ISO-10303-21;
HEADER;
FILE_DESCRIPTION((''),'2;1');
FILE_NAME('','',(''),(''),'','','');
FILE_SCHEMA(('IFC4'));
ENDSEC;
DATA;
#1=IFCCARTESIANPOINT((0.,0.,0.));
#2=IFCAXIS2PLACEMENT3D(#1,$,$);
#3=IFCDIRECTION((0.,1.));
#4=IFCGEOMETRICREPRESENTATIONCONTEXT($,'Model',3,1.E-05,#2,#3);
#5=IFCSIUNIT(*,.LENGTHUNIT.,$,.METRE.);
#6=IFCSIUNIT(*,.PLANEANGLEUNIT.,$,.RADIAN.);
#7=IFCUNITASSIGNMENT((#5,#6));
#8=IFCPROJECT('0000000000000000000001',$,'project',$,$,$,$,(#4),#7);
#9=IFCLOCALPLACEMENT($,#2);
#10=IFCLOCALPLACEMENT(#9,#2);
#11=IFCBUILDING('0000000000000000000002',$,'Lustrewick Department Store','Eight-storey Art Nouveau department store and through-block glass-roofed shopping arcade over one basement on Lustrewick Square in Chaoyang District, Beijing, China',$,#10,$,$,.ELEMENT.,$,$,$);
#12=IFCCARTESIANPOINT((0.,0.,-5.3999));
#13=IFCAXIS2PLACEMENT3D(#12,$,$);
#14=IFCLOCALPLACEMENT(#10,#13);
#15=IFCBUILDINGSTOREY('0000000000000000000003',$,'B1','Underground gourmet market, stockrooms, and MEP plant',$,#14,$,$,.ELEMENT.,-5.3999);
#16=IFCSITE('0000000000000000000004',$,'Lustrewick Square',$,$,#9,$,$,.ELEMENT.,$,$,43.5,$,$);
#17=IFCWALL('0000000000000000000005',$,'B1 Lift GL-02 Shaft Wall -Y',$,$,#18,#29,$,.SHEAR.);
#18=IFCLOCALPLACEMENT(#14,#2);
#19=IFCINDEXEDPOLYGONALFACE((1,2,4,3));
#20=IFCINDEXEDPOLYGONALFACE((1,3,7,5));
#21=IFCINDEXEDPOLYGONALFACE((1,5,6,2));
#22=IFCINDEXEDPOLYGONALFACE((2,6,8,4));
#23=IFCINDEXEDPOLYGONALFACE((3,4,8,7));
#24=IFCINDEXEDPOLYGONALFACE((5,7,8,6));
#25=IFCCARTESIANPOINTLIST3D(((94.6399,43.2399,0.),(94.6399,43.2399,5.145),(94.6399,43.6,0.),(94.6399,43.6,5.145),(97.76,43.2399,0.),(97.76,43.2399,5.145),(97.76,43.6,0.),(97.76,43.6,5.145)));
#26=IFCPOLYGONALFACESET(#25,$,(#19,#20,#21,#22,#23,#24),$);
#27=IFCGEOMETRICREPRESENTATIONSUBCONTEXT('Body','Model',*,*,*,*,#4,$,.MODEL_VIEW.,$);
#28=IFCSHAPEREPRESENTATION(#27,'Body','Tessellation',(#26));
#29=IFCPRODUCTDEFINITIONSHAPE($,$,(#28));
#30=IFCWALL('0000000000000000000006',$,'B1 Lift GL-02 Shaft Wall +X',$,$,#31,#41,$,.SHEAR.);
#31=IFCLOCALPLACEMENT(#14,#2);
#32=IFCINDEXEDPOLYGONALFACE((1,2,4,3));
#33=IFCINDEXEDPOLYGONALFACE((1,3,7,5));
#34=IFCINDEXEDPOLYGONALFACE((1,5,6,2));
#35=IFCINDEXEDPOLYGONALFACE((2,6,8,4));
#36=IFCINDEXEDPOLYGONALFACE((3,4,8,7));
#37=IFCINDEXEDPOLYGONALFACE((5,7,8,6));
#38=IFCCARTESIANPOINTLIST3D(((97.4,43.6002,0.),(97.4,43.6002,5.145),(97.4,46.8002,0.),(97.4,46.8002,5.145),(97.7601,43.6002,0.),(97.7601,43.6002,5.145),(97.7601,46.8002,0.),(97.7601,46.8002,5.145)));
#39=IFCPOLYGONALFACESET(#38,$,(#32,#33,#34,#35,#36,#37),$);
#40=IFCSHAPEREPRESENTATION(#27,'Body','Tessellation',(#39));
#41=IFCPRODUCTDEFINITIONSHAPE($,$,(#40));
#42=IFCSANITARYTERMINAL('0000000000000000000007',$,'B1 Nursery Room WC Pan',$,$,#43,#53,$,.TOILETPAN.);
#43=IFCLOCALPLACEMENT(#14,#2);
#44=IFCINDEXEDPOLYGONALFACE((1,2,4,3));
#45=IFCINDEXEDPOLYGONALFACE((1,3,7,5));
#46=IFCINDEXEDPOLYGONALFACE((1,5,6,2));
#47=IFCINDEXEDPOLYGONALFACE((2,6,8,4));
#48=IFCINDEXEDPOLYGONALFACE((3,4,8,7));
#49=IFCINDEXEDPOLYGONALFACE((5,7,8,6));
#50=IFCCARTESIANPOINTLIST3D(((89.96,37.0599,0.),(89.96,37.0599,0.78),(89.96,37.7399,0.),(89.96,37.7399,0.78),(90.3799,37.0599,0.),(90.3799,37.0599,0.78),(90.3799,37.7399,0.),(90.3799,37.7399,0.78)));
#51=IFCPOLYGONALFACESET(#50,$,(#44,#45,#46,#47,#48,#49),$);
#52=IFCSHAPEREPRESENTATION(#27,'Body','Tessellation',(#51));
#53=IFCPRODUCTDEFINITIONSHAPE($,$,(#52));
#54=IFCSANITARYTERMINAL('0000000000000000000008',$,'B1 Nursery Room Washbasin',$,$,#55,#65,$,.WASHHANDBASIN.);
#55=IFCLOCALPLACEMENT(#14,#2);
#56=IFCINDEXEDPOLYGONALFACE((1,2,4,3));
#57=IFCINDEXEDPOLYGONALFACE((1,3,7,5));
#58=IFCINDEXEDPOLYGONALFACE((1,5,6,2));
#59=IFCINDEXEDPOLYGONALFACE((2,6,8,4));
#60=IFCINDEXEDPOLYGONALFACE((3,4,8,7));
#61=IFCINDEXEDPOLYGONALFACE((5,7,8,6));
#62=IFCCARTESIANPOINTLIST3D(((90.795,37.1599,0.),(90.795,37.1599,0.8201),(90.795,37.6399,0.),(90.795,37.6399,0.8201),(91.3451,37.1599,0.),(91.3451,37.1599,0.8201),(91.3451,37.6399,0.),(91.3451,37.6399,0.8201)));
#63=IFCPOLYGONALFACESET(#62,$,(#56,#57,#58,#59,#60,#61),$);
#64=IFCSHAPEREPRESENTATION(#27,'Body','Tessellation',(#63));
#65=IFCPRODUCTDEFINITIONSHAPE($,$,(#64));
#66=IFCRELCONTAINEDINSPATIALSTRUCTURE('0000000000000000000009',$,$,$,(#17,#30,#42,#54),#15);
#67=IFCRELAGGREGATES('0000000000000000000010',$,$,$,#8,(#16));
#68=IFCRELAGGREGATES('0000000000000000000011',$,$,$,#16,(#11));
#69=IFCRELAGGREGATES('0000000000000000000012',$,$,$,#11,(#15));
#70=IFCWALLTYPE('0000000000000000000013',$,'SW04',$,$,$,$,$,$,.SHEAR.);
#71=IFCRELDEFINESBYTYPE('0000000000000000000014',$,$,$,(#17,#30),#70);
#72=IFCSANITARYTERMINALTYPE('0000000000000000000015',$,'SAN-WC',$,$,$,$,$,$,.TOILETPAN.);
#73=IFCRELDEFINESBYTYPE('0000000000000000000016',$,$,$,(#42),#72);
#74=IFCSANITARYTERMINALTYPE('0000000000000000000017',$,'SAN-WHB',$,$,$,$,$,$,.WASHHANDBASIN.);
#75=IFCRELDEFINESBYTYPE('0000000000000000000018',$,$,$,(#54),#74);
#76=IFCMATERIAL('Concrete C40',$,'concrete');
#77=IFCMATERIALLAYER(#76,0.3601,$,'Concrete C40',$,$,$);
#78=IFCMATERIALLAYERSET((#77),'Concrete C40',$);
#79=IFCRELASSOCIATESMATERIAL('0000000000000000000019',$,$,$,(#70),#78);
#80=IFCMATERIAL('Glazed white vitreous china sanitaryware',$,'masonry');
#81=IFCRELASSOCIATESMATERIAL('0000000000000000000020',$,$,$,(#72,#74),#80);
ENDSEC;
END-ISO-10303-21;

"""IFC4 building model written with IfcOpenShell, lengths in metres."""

from ifc_helpers import new_model, si_unit, direction, frame, frame_2d, origin, origin_2d, place, context, subcontext, project, spatial, rectangle, extrude, material, layer, layer_set, type_object, element, save


model = new_model("IFC4")

# Units and contexts
model_context = context("Model", 3, precision=1e-05, world=origin(), true_north=direction((0.0, 1.0)))
body_context = subcontext(model_context, "Body", "Model", "MODEL_VIEW")
ifc_project = project(units=[si_unit("LENGTHUNIT", "METRE"), si_unit("PLANEANGLEUNIT", "RADIAN")], contexts=[model_context])

# Site, building, storey
site_placement = place(None, origin())
site = spatial("IfcSite", under=ifc_project, at=site_placement, Name="Lustrewick Square", CompositionType="ELEMENT", RefElevation=43.5)
building_placement = place(site_placement, origin())
building = spatial("IfcBuilding", under=site, at=building_placement, Name="Lustrewick Department Store", Description="Eight-storey Art Nouveau department store and through-block glass-roofed shopping arcade over one basement on Lustrewick Square in Chaoyang District, Beijing, China", CompositionType="ELEMENT")
storey_placement = place(building_placement, frame((0.0, 0.0, -5.3999)))
storey = spatial("IfcBuildingStorey", under=building, at=storey_placement, Name="B1", Description="Underground gourmet market, stockrooms, and MEP plant", CompositionType="ELEMENT", Elevation=-5.3999)

# Shared definitions
ifc_material_1 = material(Name="Concrete C40", Category="concrete")

# Walls
ifc_layer_1 = layer(ifc_material_1, 0.3601, Name="Concrete C40")
ifc_layer_set_1 = layer_set([ifc_layer_1], Name="Concrete C40")
wall_type_1 = type_object("IfcWallType", Name="SW04", PredefinedType="SHEAR", material=ifc_layer_set_1)
wall_1_placement = place(storey_placement, frame((94.6399, 43.4199, 0.0), z_axis=(0.0, 0.0, 1.0), x_axis=(1.0, 0.0, 0.0)))
element("IfcWall", 1, at=wall_1_placement, inside=storey, type_object=wall_type_1, Name="B1 Lift GL-02 Shaft Wall -Y", PredefinedType="SHEAR", context=body_context, shape_type="SweptSolid", body=[
    extrude(rectangle(XDim=3.1201, YDim=0.3601, at=frame_2d((1.5601, 0.0))), origin(), (0.0, 0.0, 1.0), 5.145),
])
wall_2_placement = place(storey_placement, frame((97.5801, 43.6001, 0.0), z_axis=(0.0, 0.0, 1.0), x_axis=(0.0, 1.0, 0.0)))
element("IfcWall", 2, at=wall_2_placement, inside=storey, type_object=wall_type_1, Name="B1 Lift GL-02 Shaft Wall +X", PredefinedType="SHEAR", context=body_context, shape_type="SweptSolid", body=[
    extrude(rectangle(XDim=3.2, YDim=0.3601, at=frame_2d((1.6001, 0.0))), origin(), (0.0, 0.0, 1.0), 5.145),
])

# Sanitary terminals
ifc_material_2 = material(Name="Glazed white vitreous china sanitaryware", Category="masonry")
sanitary_terminal_type_1 = type_object("IfcSanitaryTerminalType", Name="SAN-WC", PredefinedType="TOILETPAN", material=ifc_material_2)
sanitary_terminal_1_placement = place(storey_placement, frame((90.1699, 37.3999, 0.0), z_axis=(0.0, 0.0, 1.0), x_axis=(1.0, 0.0, 0.0)))
element("IfcSanitaryTerminal", 3, at=sanitary_terminal_1_placement, inside=storey, type_object=sanitary_terminal_type_1, Name="B1 Nursery Room WC Pan", PredefinedType="TOILETPAN", context=body_context, shape_type="SweptSolid", body=[
    extrude(rectangle(XDim=0.4199, YDim=0.6799, at=origin_2d()), origin(), (0.0, 0.0, 1.0), 0.78),
])
sanitary_terminal_type_2 = type_object("IfcSanitaryTerminalType", Name="SAN-WHB", PredefinedType="WASHHANDBASIN", material=ifc_material_2)
sanitary_terminal_2_placement = place(storey_placement, frame((91.0701, 37.3999, 0.0), z_axis=(0.0, 0.0, 1.0), x_axis=(1.0, 0.0, 0.0)))
element("IfcSanitaryTerminal", 4, at=sanitary_terminal_2_placement, inside=storey, type_object=sanitary_terminal_type_2, Name="B1 Nursery Room Washbasin", PredefinedType="WASHHANDBASIN", context=body_context, shape_type="SweptSolid", body=[
    extrude(rectangle(XDim=0.55, YDim=0.48, at=origin_2d()), origin(), (0.0, 0.0, 1.0), 0.8201),
])

save(model, "model.ifc")
